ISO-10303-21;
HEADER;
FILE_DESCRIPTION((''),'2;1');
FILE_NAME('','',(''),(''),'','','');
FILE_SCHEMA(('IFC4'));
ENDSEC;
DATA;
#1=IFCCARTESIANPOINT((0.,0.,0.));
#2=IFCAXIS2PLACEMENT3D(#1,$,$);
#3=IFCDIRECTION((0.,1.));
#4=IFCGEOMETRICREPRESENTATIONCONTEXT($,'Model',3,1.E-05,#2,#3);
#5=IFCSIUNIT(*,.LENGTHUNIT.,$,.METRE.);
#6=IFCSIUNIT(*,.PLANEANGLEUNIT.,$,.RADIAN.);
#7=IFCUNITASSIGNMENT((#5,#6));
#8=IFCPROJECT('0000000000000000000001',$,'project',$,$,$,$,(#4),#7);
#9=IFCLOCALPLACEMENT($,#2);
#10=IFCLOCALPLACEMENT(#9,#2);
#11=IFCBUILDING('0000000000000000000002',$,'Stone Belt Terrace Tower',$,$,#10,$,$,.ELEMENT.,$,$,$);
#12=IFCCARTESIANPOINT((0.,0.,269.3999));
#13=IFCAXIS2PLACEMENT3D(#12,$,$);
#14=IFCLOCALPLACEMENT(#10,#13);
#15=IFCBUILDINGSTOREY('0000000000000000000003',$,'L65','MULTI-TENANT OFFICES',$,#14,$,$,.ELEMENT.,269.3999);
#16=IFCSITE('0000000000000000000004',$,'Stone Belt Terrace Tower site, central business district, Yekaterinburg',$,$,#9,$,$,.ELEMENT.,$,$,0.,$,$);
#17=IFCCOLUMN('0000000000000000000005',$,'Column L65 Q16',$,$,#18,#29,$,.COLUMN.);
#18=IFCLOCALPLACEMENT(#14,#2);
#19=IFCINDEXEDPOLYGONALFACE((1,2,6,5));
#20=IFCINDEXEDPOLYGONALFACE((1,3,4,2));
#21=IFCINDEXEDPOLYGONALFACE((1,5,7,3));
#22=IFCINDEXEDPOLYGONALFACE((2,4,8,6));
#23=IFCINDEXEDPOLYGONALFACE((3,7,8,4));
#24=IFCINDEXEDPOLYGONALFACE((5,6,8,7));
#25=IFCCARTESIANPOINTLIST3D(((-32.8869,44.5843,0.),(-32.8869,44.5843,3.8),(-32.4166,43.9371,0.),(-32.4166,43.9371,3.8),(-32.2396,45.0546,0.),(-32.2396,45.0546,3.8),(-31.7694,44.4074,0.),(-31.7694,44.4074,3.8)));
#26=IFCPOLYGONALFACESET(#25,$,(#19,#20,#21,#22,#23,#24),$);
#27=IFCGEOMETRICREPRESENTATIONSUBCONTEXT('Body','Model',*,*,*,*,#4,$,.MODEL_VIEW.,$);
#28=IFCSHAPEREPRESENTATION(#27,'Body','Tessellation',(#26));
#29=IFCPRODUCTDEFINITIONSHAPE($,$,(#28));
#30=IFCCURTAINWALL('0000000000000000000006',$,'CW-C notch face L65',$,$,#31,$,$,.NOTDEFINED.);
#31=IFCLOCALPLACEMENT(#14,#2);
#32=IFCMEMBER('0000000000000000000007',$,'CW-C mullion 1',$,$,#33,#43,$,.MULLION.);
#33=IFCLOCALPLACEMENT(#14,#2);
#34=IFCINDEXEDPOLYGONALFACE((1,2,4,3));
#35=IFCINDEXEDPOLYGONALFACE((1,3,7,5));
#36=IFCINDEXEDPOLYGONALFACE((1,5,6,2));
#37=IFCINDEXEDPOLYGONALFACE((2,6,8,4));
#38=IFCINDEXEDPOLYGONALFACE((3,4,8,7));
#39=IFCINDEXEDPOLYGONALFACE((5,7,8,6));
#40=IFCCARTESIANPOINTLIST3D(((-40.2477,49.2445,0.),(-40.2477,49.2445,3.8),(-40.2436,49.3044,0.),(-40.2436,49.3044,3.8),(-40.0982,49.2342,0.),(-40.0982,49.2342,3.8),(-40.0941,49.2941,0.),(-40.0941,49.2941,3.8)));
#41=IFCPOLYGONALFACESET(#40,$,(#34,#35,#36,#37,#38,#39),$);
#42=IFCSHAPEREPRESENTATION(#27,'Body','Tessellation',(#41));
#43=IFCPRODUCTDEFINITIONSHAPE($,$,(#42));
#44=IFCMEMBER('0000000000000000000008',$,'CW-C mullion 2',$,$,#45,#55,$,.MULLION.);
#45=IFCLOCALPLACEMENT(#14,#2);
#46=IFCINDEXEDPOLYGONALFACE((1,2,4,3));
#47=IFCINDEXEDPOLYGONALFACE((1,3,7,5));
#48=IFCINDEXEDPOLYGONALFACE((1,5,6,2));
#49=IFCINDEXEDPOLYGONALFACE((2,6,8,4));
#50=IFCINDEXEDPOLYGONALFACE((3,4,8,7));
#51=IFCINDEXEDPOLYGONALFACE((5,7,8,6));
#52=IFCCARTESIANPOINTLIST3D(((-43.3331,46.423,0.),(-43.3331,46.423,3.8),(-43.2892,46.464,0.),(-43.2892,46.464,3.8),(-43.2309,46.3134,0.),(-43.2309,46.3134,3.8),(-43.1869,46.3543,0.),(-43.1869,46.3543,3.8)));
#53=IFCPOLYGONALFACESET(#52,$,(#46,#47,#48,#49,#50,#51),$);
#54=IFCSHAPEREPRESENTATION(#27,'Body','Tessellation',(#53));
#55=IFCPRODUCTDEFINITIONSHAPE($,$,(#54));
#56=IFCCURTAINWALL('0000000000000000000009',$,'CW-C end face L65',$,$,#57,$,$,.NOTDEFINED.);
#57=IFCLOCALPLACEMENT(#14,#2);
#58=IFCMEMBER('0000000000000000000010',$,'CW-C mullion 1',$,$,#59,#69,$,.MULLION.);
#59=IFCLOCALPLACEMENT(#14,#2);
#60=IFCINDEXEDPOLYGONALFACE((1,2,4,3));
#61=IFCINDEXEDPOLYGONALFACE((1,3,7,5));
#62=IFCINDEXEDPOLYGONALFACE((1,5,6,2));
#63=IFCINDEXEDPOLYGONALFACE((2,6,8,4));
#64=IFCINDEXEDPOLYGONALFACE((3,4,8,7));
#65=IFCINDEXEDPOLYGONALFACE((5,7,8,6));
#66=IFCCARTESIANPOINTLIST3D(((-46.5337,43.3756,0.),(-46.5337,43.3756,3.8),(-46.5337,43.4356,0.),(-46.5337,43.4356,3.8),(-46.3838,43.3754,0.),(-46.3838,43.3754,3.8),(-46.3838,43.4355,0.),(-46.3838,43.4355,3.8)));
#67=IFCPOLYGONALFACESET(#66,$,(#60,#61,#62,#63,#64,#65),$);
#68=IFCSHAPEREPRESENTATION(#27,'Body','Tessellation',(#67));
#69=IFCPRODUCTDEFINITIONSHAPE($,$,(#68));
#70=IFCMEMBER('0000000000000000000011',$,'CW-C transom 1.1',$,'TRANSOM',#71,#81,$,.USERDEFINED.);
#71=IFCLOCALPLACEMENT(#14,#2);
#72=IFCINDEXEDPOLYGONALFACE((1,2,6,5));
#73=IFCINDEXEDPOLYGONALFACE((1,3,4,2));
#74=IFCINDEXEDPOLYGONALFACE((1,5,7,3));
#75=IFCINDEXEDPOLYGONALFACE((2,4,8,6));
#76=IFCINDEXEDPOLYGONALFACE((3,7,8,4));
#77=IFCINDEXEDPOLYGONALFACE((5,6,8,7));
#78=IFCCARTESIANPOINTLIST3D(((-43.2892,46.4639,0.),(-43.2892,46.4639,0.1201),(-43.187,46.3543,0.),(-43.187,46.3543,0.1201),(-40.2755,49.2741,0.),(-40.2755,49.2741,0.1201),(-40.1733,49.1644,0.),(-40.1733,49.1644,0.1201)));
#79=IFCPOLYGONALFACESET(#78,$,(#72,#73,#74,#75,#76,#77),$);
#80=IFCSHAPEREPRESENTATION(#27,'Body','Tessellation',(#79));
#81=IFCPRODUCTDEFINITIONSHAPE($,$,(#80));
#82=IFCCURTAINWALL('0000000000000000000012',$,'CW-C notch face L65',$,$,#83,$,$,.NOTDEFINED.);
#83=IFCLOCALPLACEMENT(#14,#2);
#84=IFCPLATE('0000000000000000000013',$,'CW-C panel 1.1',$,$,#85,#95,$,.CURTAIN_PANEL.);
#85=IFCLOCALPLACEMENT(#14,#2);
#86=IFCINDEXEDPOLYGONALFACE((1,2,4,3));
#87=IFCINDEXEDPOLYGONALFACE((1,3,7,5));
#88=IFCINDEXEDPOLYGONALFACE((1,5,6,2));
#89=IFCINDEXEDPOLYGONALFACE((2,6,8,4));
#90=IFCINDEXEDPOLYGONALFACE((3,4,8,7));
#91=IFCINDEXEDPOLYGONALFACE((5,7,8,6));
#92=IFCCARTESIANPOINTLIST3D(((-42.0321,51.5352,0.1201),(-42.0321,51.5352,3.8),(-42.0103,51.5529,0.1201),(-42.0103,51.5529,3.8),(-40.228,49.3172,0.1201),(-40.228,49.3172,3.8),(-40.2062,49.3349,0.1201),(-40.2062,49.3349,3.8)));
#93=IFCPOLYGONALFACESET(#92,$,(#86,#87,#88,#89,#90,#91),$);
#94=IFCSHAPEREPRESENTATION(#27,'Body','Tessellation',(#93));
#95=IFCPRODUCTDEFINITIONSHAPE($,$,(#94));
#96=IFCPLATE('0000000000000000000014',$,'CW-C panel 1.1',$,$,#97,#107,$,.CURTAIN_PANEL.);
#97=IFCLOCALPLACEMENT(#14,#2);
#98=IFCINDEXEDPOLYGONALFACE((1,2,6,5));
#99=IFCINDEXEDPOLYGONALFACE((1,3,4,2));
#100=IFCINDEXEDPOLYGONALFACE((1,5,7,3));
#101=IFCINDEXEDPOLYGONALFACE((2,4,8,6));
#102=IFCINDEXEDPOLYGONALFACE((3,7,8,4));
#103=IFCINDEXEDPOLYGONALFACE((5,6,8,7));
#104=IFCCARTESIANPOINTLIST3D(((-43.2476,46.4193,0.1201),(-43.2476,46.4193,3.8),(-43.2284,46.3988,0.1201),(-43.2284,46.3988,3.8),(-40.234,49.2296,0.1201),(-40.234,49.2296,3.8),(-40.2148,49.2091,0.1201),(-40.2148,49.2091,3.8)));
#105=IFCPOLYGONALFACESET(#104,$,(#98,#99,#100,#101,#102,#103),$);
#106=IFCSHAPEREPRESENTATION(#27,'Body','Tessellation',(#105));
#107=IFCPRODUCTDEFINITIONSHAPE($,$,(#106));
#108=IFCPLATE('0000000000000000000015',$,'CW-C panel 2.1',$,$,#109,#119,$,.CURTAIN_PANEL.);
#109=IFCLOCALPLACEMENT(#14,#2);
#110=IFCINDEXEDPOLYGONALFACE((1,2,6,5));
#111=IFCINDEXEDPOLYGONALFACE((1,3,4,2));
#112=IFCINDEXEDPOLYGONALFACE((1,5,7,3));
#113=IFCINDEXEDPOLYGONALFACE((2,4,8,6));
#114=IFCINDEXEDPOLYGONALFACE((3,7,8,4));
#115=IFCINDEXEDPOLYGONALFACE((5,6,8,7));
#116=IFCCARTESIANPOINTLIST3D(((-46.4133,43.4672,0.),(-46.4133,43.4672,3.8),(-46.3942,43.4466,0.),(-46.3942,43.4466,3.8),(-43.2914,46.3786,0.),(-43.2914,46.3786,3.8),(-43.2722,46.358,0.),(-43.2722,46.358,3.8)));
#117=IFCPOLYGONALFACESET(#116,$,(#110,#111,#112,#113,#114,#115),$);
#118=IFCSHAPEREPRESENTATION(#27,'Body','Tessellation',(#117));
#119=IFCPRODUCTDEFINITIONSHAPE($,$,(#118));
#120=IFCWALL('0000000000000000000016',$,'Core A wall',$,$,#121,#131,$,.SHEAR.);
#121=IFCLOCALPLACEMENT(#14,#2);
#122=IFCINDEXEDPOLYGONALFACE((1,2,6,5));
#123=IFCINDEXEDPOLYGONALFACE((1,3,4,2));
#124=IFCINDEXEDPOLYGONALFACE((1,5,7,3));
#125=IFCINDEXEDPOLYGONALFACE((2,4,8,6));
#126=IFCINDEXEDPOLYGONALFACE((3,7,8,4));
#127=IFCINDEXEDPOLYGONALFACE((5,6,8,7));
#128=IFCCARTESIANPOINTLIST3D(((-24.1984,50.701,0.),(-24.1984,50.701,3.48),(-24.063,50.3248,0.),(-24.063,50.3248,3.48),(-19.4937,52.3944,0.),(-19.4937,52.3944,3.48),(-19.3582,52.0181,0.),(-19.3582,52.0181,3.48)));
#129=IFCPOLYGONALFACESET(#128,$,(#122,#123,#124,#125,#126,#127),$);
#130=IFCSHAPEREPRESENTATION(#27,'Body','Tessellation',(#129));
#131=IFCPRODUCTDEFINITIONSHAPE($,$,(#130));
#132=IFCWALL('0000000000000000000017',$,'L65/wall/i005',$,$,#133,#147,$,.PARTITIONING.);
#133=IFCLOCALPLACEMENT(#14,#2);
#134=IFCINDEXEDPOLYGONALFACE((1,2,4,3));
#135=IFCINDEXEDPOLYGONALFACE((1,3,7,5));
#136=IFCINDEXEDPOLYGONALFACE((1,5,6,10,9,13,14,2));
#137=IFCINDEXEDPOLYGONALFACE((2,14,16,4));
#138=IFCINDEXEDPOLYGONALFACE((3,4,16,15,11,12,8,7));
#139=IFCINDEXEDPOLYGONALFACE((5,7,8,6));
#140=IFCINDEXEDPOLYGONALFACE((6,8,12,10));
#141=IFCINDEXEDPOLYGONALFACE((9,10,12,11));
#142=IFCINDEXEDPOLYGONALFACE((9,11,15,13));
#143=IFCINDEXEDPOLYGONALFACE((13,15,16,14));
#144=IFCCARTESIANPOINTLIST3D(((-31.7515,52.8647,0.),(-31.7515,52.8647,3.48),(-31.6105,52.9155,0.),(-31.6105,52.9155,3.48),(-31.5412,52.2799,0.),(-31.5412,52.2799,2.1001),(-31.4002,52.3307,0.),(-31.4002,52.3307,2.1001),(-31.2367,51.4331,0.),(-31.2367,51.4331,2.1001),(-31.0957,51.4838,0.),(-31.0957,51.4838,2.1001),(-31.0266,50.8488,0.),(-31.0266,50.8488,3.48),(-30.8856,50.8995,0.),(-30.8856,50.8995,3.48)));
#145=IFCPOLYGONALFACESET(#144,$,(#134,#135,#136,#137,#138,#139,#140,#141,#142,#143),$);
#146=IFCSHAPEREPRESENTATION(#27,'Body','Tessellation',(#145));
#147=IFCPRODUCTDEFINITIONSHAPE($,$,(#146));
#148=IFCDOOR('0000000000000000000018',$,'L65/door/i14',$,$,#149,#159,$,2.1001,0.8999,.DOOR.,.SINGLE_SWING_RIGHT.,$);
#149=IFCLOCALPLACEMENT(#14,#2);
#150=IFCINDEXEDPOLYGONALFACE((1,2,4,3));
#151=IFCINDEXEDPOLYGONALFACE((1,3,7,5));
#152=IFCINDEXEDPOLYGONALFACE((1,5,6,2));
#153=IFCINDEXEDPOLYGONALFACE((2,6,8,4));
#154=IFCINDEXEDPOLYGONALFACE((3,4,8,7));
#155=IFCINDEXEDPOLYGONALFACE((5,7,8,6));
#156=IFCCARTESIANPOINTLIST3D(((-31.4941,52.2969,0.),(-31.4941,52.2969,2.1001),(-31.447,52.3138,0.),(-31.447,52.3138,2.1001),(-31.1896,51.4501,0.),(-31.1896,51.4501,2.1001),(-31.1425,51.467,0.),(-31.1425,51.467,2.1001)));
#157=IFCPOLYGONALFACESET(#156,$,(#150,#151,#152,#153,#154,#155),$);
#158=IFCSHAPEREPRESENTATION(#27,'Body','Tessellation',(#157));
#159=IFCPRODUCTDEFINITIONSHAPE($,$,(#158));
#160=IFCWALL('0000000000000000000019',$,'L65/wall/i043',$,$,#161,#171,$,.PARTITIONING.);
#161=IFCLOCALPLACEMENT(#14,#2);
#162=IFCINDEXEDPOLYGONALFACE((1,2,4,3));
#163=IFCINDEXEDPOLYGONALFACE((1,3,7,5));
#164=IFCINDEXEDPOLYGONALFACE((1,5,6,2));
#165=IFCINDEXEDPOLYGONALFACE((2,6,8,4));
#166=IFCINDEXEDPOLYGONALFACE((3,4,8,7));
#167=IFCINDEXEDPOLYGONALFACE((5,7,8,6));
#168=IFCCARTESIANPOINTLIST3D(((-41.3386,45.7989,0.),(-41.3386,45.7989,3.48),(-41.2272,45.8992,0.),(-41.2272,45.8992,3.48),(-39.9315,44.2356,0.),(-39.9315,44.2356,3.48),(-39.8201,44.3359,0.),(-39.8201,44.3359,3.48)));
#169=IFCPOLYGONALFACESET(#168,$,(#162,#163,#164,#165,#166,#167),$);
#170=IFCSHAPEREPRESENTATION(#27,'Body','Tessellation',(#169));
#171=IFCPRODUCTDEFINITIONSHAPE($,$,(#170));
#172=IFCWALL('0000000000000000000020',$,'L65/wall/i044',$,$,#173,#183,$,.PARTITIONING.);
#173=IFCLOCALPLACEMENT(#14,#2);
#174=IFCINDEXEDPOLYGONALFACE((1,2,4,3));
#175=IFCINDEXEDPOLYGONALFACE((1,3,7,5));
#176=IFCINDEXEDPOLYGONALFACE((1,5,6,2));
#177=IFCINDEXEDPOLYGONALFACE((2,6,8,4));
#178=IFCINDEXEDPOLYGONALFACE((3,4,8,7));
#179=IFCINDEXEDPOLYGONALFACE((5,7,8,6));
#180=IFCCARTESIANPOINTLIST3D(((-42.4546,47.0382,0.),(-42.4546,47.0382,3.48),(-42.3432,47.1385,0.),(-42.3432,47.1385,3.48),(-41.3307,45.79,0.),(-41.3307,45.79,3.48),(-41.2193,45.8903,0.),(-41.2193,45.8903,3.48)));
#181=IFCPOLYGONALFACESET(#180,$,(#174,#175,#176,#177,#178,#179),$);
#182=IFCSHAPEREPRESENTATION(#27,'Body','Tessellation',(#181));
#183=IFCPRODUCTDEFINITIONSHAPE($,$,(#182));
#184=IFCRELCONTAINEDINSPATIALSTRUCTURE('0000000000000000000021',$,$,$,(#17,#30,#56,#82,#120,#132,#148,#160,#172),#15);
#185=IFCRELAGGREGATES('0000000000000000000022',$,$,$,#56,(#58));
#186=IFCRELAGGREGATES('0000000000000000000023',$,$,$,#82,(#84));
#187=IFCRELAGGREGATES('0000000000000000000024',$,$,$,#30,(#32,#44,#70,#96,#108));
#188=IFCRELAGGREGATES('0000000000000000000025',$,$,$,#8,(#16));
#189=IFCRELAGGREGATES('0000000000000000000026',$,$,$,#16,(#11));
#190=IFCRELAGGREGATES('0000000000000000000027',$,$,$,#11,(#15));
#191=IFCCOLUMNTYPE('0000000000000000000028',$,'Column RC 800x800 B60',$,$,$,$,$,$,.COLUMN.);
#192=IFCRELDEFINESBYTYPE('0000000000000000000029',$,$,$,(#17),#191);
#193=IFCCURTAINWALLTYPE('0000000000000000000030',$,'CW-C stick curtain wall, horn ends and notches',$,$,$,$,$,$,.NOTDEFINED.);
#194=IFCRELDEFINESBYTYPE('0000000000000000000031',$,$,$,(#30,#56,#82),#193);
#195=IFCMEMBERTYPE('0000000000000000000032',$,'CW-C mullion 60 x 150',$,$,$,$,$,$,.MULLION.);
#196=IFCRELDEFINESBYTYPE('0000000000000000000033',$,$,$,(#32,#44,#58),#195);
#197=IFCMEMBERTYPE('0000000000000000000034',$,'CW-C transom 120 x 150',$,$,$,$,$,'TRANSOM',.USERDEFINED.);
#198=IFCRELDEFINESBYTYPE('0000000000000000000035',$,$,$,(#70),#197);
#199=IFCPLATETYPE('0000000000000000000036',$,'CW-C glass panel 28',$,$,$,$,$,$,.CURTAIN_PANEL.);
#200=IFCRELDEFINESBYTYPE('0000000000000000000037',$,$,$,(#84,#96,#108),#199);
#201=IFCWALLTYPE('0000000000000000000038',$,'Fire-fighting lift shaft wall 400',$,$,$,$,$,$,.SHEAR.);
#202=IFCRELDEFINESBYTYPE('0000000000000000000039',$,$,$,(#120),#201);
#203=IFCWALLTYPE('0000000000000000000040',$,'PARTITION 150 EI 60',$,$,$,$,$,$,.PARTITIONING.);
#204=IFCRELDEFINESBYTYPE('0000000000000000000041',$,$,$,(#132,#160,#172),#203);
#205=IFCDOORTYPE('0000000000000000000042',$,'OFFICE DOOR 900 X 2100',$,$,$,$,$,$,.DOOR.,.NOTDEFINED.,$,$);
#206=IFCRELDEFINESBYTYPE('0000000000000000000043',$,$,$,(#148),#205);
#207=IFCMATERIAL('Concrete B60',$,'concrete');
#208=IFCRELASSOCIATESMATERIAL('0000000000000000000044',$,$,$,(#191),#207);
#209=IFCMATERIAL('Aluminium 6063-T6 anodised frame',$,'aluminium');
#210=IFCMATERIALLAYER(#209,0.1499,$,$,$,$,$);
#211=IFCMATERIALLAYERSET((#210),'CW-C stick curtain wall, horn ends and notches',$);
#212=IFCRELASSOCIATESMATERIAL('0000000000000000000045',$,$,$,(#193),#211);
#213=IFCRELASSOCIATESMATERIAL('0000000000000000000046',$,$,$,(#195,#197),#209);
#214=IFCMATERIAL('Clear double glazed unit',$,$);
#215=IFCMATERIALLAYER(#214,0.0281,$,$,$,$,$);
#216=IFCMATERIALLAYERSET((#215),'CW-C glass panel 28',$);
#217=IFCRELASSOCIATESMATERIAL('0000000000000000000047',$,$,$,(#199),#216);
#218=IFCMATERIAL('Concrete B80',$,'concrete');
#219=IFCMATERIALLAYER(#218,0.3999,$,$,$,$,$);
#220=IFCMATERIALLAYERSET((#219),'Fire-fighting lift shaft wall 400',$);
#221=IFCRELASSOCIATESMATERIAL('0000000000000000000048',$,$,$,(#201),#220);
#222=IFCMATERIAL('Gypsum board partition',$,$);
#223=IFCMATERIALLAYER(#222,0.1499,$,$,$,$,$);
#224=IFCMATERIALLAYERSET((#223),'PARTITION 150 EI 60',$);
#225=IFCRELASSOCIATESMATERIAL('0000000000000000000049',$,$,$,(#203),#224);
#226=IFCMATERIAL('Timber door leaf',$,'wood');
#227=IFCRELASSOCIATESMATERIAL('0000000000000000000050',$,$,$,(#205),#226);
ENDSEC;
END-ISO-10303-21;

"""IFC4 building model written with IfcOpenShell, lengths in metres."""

from ifc_helpers import new_model, si_unit, direction, frame, frame_2d, origin, origin_2d, place, context, subcontext, project, spatial, rectangle, extrude, material, layer, layer_set, material_profile, profile_set, type_object, element, fill, aggregate, save


model = new_model("IFC4")

# Units and contexts
model_context = context("Model", 3, precision=1e-05, world=origin(), true_north=direction((0.0, 1.0)))
body_context = subcontext(model_context, "Body", "Model", "MODEL_VIEW")
ifc_project = project(units=[si_unit("LENGTHUNIT", "METRE"), si_unit("PLANEANGLEUNIT", "RADIAN")], contexts=[model_context])

# Site, building, storey
site_placement = place(None, origin())
site = spatial("IfcSite", under=ifc_project, at=site_placement, Name="Stone Belt Terrace Tower site, central business district, Yekaterinburg", CompositionType="ELEMENT", RefElevation=0.0)
building_placement = place(site_placement, origin())
building = spatial("IfcBuilding", under=site, at=building_placement, Name="Stone Belt Terrace Tower", CompositionType="ELEMENT")
storey_placement = place(building_placement, frame((0.0, 0.0, 269.3999)))
storey = spatial("IfcBuildingStorey", under=building, at=storey_placement, Name="L65", Description="MULTI-TENANT OFFICES", CompositionType="ELEMENT", Elevation=269.3999)

# Column
ifc_material_1 = material(Name="Concrete B60", Category="concrete")
ifc_material_profile_1 = material_profile(ifc_material_1, rectangle(XDim=0.8, YDim=0.8, at=origin_2d()), Name="RC 800x800")
ifc_profile_set_1 = profile_set([ifc_material_profile_1], Name="Concrete B60")
column_type = type_object("IfcColumnType", Name="Column RC 800x800 B60", PredefinedType="COLUMN", material=ifc_profile_set_1)
column_placement = place(storey_placement, frame((-32.3281, 44.4958, 0.0), z_axis=(0.0, 0.0, 1.0), x_axis=(0.809017, 0.587785, 0.0)))
element("IfcColumn", 1, at=column_placement, inside=storey, type_object=column_type, Name="Column L65 Q16", PredefinedType="COLUMN", context=body_context, shape_type="SweptSolid", body=[
    extrude(rectangle(XDim=0.8, YDim=0.8, at=origin_2d()), origin(), (0.0, 0.0, 1.0), 3.8),
])

# Curtain wall, members
ifc_material_2 = material(Name="Aluminium 6063-T6 anodised frame", Category="aluminium")
ifc_layer_1 = layer(ifc_material_2, 0.1499)
ifc_layer_set_1 = layer_set([ifc_layer_1], Name="CW-C stick curtain wall, horn ends and notches")
curtain_wall_type = type_object("IfcCurtainWallType", Name="CW-C stick curtain wall, horn ends and notches", PredefinedType="NOTDEFINED", material=ifc_layer_set_1)
curtain_wall_1_placement = place(storey_placement, origin())
curtain_wall_1 = element("IfcCurtainWall", 2, at=curtain_wall_1_placement, inside=storey, type_object=curtain_wall_type, Name="CW-C notch face L65", PredefinedType="NOTDEFINED")
ifc_material_profile_2 = material_profile(ifc_material_2, rectangle(XDim=0.1499, YDim=0.0601, at=origin_2d()), Name="Aluminium 6063-T6 60x150")
ifc_profile_set_2 = profile_set([ifc_material_profile_2], Name="Aluminium 6063-T6 anodised frame")
member_type_1 = type_object("IfcMemberType", Name="CW-C mullion 60 x 150", PredefinedType="MULLION", material=ifc_profile_set_2)
member_1_placement = place(storey_placement, frame((-40.1709, 49.2693, 0.0), z_axis=(0.0, 0.0, 1.0), x_axis=(0.99764, -0.068666, 0.0)))
member_1 = element("IfcMember", 3, at=member_1_placement, type_object=member_type_1, Name="CW-C mullion 1", PredefinedType="MULLION", context=body_context, shape_type="SweptSolid", body=[
    extrude(rectangle(XDim=0.1499, YDim=0.0601, at=origin_2d()), origin(), (0.0, 0.0, 1.0), 3.8),
])
member_2_placement = place(storey_placement, frame((-43.26, 46.3887, 0.0), z_axis=(0.0, 0.0, 1.0), x_axis=(0.682014, -0.731339, 0.0)))
member_2 = element("IfcMember", 4, at=member_2_placement, type_object=member_type_1, Name="CW-C mullion 2", PredefinedType="MULLION", context=body_context, shape_type="SweptSolid", body=[
    extrude(rectangle(XDim=0.1499, YDim=0.0601, at=origin_2d()), origin(), (0.0, 0.0, 1.0), 3.8),
])

# Curtain wall, member
curtain_wall_2_placement = place(storey_placement, origin())
curtain_wall_2 = element("IfcCurtainWall", 5, at=curtain_wall_2_placement, inside=storey, type_object=curtain_wall_type, Name="CW-C end face L65", PredefinedType="NOTDEFINED")
member_3_placement = place(storey_placement, frame((-46.4587, 43.4055, 0.0), z_axis=(0.0, 0.0, 1.0), x_axis=(0.999999, -0.001051, 0.0)))
member_3 = element("IfcMember", 6, at=member_3_placement, type_object=member_type_1, Name="CW-C mullion 1", PredefinedType="MULLION", context=body_context, shape_type="SweptSolid", body=[
    extrude(rectangle(XDim=0.1499, YDim=0.0601, at=origin_2d()), origin(), (0.0, 0.0, 1.0), 3.8),
])
aggregate(curtain_wall_2, [member_3])

# Member
ifc_material_profile_3 = material_profile(ifc_material_2, rectangle(XDim=0.1499, YDim=0.1201, at=origin_2d()), Name="Aluminium 6063-T6 150x120")
ifc_profile_set_3 = profile_set([ifc_material_profile_3], Name="Aluminium 6063-T6 anodised frame")
member_type_2 = type_object("IfcMemberType", Name="CW-C transom 120 x 150", ElementType="TRANSOM", PredefinedType="USERDEFINED", material=ifc_profile_set_3)
member_4_placement = place(storey_placement, frame((-40.2244, 49.2192, 0.0601), z_axis=(-0.731382, -0.681968, 0.0), x_axis=(0.681968, -0.731382, 0.0)))
member_4 = element("IfcMember", 7, at=member_4_placement, type_object=member_type_2, Name="CW-C transom 1.1", ObjectType="TRANSOM", PredefinedType="USERDEFINED", context=body_context, shape_type="SweptSolid", body=[
    extrude(rectangle(XDim=0.1499, YDim=0.1201, at=origin_2d()), origin(), (0.0, 0.0, 1.0), 4.1206),
])

# Curtain wall, plate
curtain_wall_3_placement = place(storey_placement, origin())
curtain_wall_3 = element("IfcCurtainWall", 8, at=curtain_wall_3_placement, inside=storey, type_object=curtain_wall_type, Name="CW-C notch face L65", PredefinedType="NOTDEFINED")
ifc_material_3 = material(Name="Clear double glazed unit")
ifc_layer_2 = layer(ifc_material_3, 0.0281)
ifc_layer_set_2 = layer_set([ifc_layer_2], Name="CW-C glass panel 28")
plate_type = type_object("IfcPlateType", Name="CW-C glass panel 28", PredefinedType="CURTAIN_PANEL", material=ifc_layer_set_2)
plate_1_placement = place(storey_placement, frame((-41.1191, 50.4351, 0.1201), z_axis=(0.0, 0.0, 1.0), x_axis=(0.631001, -0.775782, 0.0)))
plate_1 = element("IfcPlate", 9, at=plate_1_placement, type_object=plate_type, Name="CW-C panel 1.1", PredefinedType="CURTAIN_PANEL", context=body_context, shape_type="SweptSolid", body=[
    extrude(rectangle(XDim=2.8591, YDim=0.0281, at=origin_2d()), origin(), (0.0, 0.0, 1.0), 3.6799),
])
aggregate(curtain_wall_3, [plate_1])

# Plates
plate_2_placement = place(storey_placement, frame((-41.7312, 47.8142, 0.1201), z_axis=(0.0, 0.0, 1.0), x_axis=(-0.731339, -0.682014, 0.0)))
plate_2 = element("IfcPlate", 10, at=plate_2_placement, type_object=plate_type, Name="CW-C panel 1.1", PredefinedType="CURTAIN_PANEL", context=body_context, shape_type="SweptSolid", body=[
    extrude(rectangle(XDim=4.1206, YDim=0.0281, at=origin_2d()), origin(), (0.0, 0.0, 1.0), 3.6799),
])
plate_3_placement = place(storey_placement, frame((-44.8428, 44.9126, 0.0), z_axis=(0.0, 0.0, 1.0), x_axis=(-0.731339, -0.682014, 0.0)))
plate_3 = element("IfcPlate", 11, at=plate_3_placement, type_object=plate_type, Name="CW-C panel 2.1", PredefinedType="CURTAIN_PANEL", context=body_context, shape_type="SweptSolid", body=[
    extrude(rectangle(XDim=4.2688, YDim=0.0281, at=origin_2d()), origin(), (0.0, 0.0, 1.0), 3.8),
])
aggregate(curtain_wall_1, [member_1, member_2, member_4, plate_2, plate_3])

# Wall
ifc_material_4 = material(Name="Concrete B80", Category="concrete")
ifc_layer_3 = layer(ifc_material_4, 0.3999)
ifc_layer_set_3 = layer_set([ifc_layer_3], Name="Fire-fighting lift shaft wall 400")
wall_type_1 = type_object("IfcWallType", Name="Fire-fighting lift shaft wall 400", PredefinedType="SHEAR", material=ifc_layer_set_3)
wall_1_placement = place(storey_placement, frame((-24.1306, 50.5129, 0.0), z_axis=(0.0, 0.0, 1.0), x_axis=(0.940912, 0.338652, 0.0)))
element("IfcWall", 12, at=wall_1_placement, inside=storey, type_object=wall_type_1, Name="Core A wall", PredefinedType="SHEAR", context=body_context, shape_type="SweptSolid", body=[
    extrude(rectangle(XDim=5.0002, YDim=0.3999, at=frame_2d((2.5, 0.0))), origin(), (0.0, 0.0, 1.0), 3.48),
])

# Wall, opening, door
ifc_material_5 = material(Name="Gypsum board partition")
ifc_layer_4 = layer(ifc_material_5, 0.1499)
ifc_layer_set_4 = layer_set([ifc_layer_4], Name="PARTITION 150 EI 60")
wall_type_2 = type_object("IfcWallType", Name="PARTITION 150 EI 60", PredefinedType="PARTITIONING", material=ifc_layer_set_4)
wall_2_placement = place(storey_placement, frame((-30.9561, 50.874, 0.0), z_axis=(0.0, 0.0, 1.0), x_axis=(-0.338364, 0.941015, 0.0)))
wall_2 = element("IfcWall", 13, at=wall_2_placement, inside=storey, type_object=wall_type_2, Name="L65/wall/i005", PredefinedType="PARTITIONING", context=body_context, shape_type="SweptSolid", body=[
    extrude(rectangle(XDim=2.1423, YDim=0.1499, at=frame_2d((1.0713, 0.0))), origin(), (0.0, 0.0, 1.0), 3.48),
])
opening_1_placement = place(wall_2_placement, frame((0.6211, 0.0, 0.0)))
opening_1 = element("IfcOpeningElement", 14, at=opening_1_placement, cuts=wall_2, PredefinedType="OPENING", context=body_context, shape_type="SweptSolid", body=[
    extrude(rectangle(XDim=0.8999, YDim=2.1001, at=frame_2d((0.45, 1.05))), frame((0.0, 0.085, 0.0), z_axis=(0.0, -1.0, 0.0), x_axis=(1.0, 0.0, 0.0)), (0.0, 0.0, 1.0), 0.1699),
])
ifc_material_6 = material(Name="Timber door leaf", Category="wood")
door_type = type_object("IfcDoorType", Name="OFFICE DOOR 900 X 2100", OperationType="NOTDEFINED", PredefinedType="DOOR", material=ifc_material_6)
door_1_placement = place(opening_1_placement, origin())
door_1 = element("IfcDoor", 15, at=door_1_placement, inside=storey, type_object=door_type, Name="L65/door/i14", OperationType="SINGLE_SWING_RIGHT", OverallHeight=2.1001, OverallWidth=0.8999, PredefinedType="DOOR", context=body_context, shape_type="SweptSolid", body=[
    extrude(rectangle(XDim=0.8999, YDim=2.1001, at=frame_2d((0.45, 1.05))), frame((0.0, 0.0249, 0.0), z_axis=(0.0, -1.0, 0.0), x_axis=(1.0, 0.0, 0.0)), (0.0, 0.0, 1.0), 0.05),
])
fill(opening_1, door_1)

# Walls
wall_3_placement = place(storey_placement, frame((-41.283, 45.8491, 0.0), z_axis=(0.0, 0.0, 1.0), x_axis=(0.668984, -0.743277, 0.0)))
element("IfcWall", 16, at=wall_3_placement, inside=storey, type_object=wall_type_2, Name="L65/wall/i043", PredefinedType="PARTITIONING", context=body_context, shape_type="SweptSolid", body=[
    extrude(rectangle(XDim=2.1033, YDim=0.1499, at=frame_2d((1.0518, 0.0))), origin(), (0.0, 0.0, 1.0), 3.48),
])
wall_4_placement = place(storey_placement, frame((-42.3989, 47.0884, 0.0), z_axis=(0.0, 0.0, 1.0), x_axis=(0.669149, -0.743128, 0.0)))
element("IfcWall", 17, at=wall_4_placement, inside=storey, type_object=wall_type_2, Name="L65/wall/i044", PredefinedType="PARTITIONING", context=body_context, shape_type="SweptSolid", body=[
    extrude(rectangle(XDim=1.6797, YDim=0.1499, at=frame_2d((0.8398, 0.0))), origin(), (0.0, 0.0, 1.0), 3.48),
])

save(model, "model.ifc")
